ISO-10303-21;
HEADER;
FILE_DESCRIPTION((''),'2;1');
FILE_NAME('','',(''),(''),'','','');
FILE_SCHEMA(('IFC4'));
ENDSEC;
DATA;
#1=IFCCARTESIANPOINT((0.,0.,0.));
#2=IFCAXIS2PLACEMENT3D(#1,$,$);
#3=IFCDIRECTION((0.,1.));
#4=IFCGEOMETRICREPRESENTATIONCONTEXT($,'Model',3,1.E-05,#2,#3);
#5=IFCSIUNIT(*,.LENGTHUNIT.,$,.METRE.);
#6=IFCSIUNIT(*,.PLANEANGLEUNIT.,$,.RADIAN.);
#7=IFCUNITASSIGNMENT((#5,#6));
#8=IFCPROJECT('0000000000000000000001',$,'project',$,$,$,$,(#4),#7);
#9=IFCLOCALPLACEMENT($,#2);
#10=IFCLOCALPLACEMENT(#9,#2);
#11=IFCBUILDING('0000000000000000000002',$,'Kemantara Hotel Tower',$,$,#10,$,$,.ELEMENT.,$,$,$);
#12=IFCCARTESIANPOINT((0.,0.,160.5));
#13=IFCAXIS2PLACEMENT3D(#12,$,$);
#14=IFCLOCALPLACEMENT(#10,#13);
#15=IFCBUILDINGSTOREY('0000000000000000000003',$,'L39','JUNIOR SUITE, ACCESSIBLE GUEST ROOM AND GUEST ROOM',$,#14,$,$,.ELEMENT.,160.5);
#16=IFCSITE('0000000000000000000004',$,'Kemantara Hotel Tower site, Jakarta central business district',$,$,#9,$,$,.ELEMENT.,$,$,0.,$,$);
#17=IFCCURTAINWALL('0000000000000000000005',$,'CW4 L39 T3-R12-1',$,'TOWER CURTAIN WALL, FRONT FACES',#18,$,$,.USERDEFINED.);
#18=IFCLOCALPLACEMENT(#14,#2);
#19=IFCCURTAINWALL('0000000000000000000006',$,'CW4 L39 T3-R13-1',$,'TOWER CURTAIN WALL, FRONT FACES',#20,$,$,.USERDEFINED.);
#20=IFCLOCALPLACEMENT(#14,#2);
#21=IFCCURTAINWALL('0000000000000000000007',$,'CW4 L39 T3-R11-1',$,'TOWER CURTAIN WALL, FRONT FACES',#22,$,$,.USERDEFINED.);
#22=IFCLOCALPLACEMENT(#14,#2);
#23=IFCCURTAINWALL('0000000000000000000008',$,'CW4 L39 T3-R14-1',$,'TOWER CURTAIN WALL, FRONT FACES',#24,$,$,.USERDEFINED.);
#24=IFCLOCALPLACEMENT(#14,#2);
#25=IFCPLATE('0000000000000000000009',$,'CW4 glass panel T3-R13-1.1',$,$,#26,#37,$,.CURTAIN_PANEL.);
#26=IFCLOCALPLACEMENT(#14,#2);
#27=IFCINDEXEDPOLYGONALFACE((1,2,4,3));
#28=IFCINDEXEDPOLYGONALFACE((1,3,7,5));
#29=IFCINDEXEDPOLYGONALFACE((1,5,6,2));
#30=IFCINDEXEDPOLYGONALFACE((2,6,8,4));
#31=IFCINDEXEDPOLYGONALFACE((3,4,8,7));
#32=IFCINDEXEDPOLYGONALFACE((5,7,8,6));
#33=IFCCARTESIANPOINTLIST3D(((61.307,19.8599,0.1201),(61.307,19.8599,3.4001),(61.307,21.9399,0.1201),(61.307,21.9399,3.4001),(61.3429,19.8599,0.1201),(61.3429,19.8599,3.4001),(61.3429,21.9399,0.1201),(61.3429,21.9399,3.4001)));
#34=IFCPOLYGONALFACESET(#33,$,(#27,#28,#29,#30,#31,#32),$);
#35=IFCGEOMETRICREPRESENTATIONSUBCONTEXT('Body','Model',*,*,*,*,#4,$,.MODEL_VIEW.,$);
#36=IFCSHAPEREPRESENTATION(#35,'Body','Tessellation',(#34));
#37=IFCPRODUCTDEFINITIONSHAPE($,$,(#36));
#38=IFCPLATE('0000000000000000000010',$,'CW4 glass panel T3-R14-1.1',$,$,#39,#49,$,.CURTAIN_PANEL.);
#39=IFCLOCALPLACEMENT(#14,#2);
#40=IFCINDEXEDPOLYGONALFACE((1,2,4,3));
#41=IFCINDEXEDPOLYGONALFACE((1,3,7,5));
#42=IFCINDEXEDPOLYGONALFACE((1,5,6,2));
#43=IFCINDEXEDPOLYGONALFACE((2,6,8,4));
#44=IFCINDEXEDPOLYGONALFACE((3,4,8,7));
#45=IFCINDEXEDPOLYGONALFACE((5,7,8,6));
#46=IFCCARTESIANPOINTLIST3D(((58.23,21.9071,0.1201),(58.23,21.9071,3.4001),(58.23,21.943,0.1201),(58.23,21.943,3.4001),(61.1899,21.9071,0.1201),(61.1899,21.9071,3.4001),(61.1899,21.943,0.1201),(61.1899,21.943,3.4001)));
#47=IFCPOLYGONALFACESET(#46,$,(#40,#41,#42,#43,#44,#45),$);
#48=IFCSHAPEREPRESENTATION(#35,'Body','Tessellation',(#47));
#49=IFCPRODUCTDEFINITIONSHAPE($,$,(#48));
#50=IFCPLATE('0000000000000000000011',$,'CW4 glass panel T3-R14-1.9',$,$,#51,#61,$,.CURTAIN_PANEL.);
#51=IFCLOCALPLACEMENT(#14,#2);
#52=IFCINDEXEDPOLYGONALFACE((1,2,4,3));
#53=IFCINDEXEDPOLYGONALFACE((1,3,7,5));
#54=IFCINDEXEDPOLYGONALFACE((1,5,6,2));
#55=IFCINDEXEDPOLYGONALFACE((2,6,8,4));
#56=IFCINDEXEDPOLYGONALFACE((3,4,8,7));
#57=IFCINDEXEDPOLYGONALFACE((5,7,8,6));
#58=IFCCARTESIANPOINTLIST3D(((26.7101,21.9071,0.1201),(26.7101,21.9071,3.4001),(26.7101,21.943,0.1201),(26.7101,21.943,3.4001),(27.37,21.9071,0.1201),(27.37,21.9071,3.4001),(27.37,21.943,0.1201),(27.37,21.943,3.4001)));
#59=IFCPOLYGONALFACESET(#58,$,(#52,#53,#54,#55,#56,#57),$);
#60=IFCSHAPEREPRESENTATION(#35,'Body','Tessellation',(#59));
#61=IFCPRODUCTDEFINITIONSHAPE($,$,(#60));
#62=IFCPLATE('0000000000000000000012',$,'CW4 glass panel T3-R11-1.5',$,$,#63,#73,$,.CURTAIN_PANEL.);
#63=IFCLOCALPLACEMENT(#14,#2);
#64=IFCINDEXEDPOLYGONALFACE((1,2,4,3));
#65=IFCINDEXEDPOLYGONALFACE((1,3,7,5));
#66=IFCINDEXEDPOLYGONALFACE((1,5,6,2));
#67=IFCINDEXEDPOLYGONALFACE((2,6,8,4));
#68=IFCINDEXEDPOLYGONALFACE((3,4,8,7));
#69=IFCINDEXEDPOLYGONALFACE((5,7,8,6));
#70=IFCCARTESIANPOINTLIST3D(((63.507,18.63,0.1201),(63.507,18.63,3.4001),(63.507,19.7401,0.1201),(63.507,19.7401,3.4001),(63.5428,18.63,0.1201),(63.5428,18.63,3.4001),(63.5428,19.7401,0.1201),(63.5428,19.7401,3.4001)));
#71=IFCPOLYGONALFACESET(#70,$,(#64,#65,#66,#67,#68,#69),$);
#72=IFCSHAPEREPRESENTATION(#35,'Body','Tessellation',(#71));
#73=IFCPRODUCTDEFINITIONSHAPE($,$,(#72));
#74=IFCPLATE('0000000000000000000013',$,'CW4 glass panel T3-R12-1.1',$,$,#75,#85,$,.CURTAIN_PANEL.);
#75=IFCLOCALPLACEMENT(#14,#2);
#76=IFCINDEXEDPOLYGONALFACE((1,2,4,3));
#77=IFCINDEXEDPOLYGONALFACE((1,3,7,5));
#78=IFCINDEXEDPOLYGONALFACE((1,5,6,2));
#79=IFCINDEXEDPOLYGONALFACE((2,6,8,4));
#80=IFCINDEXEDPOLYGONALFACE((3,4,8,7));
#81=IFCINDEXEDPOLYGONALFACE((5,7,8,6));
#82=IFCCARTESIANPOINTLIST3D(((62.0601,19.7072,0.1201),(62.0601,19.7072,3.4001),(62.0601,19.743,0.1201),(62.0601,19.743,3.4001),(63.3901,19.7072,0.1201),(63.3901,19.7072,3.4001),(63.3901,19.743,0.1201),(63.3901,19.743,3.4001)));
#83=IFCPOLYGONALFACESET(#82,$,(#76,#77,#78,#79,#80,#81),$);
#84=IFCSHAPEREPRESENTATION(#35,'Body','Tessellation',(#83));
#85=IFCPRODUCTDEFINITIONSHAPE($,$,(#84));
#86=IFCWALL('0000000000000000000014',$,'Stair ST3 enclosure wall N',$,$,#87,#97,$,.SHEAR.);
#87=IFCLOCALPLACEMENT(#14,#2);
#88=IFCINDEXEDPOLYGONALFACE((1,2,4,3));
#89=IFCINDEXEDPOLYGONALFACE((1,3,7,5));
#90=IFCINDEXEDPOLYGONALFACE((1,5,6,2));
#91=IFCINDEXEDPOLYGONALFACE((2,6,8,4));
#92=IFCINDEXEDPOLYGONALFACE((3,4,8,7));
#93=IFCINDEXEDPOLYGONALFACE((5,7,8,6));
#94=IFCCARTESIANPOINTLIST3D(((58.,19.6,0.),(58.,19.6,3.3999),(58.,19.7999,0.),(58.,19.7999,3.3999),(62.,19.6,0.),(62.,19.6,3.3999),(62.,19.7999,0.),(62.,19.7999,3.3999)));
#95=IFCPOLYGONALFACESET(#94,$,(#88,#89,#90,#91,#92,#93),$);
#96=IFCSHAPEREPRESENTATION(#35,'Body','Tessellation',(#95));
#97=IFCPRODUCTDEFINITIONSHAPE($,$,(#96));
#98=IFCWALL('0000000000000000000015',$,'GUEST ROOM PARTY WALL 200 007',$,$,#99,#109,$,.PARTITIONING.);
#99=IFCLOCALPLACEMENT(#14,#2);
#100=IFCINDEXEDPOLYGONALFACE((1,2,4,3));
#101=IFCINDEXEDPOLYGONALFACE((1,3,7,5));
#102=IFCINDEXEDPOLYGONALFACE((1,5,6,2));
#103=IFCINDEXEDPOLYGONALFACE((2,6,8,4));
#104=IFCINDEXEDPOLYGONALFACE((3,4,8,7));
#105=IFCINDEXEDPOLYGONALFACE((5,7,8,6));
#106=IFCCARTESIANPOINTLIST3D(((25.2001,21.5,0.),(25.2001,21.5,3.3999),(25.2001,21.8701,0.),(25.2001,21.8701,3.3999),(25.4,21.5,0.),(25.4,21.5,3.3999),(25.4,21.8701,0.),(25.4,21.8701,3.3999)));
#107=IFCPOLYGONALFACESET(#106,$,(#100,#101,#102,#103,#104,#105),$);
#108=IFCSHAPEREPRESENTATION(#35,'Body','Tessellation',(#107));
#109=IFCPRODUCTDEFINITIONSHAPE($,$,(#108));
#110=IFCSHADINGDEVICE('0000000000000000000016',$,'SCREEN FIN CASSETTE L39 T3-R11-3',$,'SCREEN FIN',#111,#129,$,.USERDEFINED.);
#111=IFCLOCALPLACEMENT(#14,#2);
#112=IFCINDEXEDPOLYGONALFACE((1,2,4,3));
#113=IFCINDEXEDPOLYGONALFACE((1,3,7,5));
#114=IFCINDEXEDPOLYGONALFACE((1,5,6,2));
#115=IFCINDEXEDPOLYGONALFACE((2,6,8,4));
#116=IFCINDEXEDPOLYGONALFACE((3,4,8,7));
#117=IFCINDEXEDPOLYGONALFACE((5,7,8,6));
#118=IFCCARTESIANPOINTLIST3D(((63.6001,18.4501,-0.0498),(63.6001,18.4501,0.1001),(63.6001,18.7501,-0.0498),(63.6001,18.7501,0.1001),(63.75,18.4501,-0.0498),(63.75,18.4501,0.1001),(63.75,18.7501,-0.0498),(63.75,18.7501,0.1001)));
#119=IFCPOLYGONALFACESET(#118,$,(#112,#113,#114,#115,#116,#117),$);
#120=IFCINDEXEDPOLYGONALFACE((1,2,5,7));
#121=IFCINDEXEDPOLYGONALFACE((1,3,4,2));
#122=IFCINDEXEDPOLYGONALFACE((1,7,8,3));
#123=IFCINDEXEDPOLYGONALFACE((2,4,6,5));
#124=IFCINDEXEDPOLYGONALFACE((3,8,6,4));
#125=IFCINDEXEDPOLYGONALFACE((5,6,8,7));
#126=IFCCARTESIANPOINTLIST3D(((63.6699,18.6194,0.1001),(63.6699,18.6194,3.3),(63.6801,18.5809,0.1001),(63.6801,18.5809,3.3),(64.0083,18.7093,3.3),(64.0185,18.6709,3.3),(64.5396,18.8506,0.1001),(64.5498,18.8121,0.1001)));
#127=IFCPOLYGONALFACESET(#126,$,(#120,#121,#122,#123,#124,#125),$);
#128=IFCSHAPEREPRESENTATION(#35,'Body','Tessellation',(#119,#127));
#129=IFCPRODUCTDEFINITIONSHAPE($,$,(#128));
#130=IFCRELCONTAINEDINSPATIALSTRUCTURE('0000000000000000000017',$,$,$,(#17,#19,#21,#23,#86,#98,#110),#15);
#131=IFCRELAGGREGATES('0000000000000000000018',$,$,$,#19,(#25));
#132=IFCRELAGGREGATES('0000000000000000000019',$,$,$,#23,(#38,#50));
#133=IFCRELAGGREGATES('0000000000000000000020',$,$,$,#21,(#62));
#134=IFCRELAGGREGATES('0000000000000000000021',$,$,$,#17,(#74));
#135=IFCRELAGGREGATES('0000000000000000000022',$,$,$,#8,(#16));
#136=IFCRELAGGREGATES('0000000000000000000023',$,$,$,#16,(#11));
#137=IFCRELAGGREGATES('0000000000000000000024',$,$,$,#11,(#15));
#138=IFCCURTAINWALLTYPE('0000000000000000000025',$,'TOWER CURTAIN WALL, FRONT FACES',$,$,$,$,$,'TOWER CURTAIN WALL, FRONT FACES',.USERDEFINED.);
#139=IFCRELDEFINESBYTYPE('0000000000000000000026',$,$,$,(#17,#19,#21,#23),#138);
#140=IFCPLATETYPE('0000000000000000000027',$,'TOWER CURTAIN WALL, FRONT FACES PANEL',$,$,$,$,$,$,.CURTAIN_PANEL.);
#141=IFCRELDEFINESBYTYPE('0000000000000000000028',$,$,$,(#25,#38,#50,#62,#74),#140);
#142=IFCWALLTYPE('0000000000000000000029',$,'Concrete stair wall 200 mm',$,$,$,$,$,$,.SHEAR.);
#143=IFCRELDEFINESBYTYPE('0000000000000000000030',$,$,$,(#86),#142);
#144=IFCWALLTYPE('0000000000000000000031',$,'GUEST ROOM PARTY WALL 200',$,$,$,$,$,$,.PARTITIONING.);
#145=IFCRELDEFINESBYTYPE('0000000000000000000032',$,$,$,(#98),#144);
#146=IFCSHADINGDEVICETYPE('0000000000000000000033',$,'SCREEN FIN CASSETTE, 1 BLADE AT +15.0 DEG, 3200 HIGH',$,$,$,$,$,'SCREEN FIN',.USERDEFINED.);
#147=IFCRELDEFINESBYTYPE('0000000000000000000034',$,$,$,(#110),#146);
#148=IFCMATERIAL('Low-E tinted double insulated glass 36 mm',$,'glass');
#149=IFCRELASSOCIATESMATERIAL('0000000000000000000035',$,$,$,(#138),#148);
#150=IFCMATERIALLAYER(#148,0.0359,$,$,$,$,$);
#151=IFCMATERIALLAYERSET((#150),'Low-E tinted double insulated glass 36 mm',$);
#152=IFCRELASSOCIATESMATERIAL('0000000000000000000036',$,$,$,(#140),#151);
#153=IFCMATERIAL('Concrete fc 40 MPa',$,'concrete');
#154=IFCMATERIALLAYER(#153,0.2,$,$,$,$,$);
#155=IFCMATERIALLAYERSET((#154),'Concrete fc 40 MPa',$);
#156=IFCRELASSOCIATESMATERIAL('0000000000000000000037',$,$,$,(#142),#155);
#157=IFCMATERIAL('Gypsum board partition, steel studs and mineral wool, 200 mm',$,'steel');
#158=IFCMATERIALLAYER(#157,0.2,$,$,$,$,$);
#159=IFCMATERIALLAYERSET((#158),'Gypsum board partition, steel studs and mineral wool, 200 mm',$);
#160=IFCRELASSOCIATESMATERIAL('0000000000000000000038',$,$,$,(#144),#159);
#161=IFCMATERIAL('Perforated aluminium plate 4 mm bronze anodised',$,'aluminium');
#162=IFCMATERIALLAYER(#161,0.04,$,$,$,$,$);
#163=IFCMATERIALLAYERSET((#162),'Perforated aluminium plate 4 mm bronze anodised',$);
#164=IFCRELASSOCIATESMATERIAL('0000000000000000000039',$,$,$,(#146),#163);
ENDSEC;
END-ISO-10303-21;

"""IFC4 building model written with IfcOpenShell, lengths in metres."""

from ifc_helpers import new_model, si_unit, direction, frame, frame_2d, origin, origin_2d, place, context, subcontext, project, spatial, polyline, rectangle, outline, extrude, source, transform, mapped, material, layer, layer_set, type_object, element, aggregate, save


model = new_model("IFC4")

# Units and contexts
model_context = context("Model", 3, precision=1e-05, world=origin(), true_north=direction((0.0, 1.0)))
body_context = subcontext(model_context, "Body", "Model", "MODEL_VIEW")
ifc_project = project(units=[si_unit("LENGTHUNIT", "METRE"), si_unit("PLANEANGLEUNIT", "RADIAN")], contexts=[model_context])

# Site, building, storey
site_placement = place(None, origin())
site = spatial("IfcSite", under=ifc_project, at=site_placement, Name="Kemantara Hotel Tower site, Jakarta central business district", CompositionType="ELEMENT", RefElevation=0.0)
building_placement = place(site_placement, origin())
building = spatial("IfcBuilding", under=site, at=building_placement, Name="Kemantara Hotel Tower", CompositionType="ELEMENT")
storey_placement = place(building_placement, frame((0.0, 0.0, 160.5)))
storey = spatial("IfcBuildingStorey", under=building, at=storey_placement, Name="L39", Description="JUNIOR SUITE, ACCESSIBLE GUEST ROOM AND GUEST ROOM", CompositionType="ELEMENT", Elevation=160.5)

# Curtain walls
ifc_material_1 = material(Name="Low-E tinted double insulated glass 36 mm", Category="glass")
curtain_wall_type = type_object("IfcCurtainWallType", Name="TOWER CURTAIN WALL, FRONT FACES", ElementType="TOWER CURTAIN WALL, FRONT FACES", PredefinedType="USERDEFINED", material=ifc_material_1)
curtain_wall_1_placement = place(storey_placement, origin())
curtain_wall_1 = element("IfcCurtainWall", 1, at=curtain_wall_1_placement, inside=storey, type_object=curtain_wall_type, Name="CW4 L39 T3-R12-1", ObjectType="TOWER CURTAIN WALL, FRONT FACES", PredefinedType="USERDEFINED")
curtain_wall_2_placement = place(storey_placement, origin())
curtain_wall_2 = element("IfcCurtainWall", 2, at=curtain_wall_2_placement, inside=storey, type_object=curtain_wall_type, Name="CW4 L39 T3-R13-1", ObjectType="TOWER CURTAIN WALL, FRONT FACES", PredefinedType="USERDEFINED")

# Curtain walls
curtain_wall_3_placement = place(storey_placement, origin())
curtain_wall_3 = element("IfcCurtainWall", 3, at=curtain_wall_3_placement, inside=storey, type_object=curtain_wall_type, Name="CW4 L39 T3-R11-1", ObjectType="TOWER CURTAIN WALL, FRONT FACES", PredefinedType="USERDEFINED")
curtain_wall_4_placement = place(storey_placement, origin())
curtain_wall_4 = element("IfcCurtainWall", 4, at=curtain_wall_4_placement, inside=storey, type_object=curtain_wall_type, Name="CW4 L39 T3-R14-1", ObjectType="TOWER CURTAIN WALL, FRONT FACES", PredefinedType="USERDEFINED")

# Plates
ifc_layer_1 = layer(ifc_material_1, 0.0359)
ifc_layer_set_1 = layer_set([ifc_layer_1], Name="Low-E tinted double insulated glass 36 mm")
plate_type = type_object("IfcPlateType", Name="TOWER CURTAIN WALL, FRONT FACES PANEL", PredefinedType="CURTAIN_PANEL", material=ifc_layer_set_1)
shared_shape_1 = source(origin(), body_context, "Body", "SweptSolid", [
    extrude(rectangle(XDim=2.0801, YDim=0.0359, at=origin_2d()), origin(), (0.0, 0.0, 1.0), 3.28),
])
plate_1_placement = place(storey_placement, frame((61.325, 20.8999, 0.1201), z_axis=(0.0, 0.0, 1.0), x_axis=(0.0, 1.0, 0.0)))
plate_1 = element("IfcPlate", 5, at=plate_1_placement, type_object=plate_type, Name="CW4 glass panel T3-R13-1.1", PredefinedType="CURTAIN_PANEL", context=body_context, shape_type="MappedRepresentation", body=[
    mapped(shared_shape_1, transform((0.0, 0.0, 0.0))),
])
aggregate(curtain_wall_2, [plate_1])
shared_shape_2 = source(origin(), body_context, "Body", "SweptSolid", [
    extrude(rectangle(XDim=2.96, YDim=0.0359, at=origin_2d()), origin(), (0.0, 0.0, 1.0), 3.28),
])
plate_2_placement = place(storey_placement, frame((59.71, 21.925, 0.1201), z_axis=(0.0, 0.0, 1.0), x_axis=(-1.0, 0.0, 0.0)))
plate_2 = element("IfcPlate", 6, at=plate_2_placement, type_object=plate_type, Name="CW4 glass panel T3-R14-1.1", PredefinedType="CURTAIN_PANEL", context=body_context, shape_type="MappedRepresentation", body=[
    mapped(shared_shape_2, transform((0.0, 0.0, 0.0))),
])
shared_shape_3 = source(origin(), body_context, "Body", "SweptSolid", [
    extrude(rectangle(XDim=0.6599, YDim=0.0359, at=origin_2d()), origin(), (0.0, 0.0, 1.0), 3.28),
])
plate_3_placement = place(storey_placement, frame((27.04, 21.925, 0.1201), z_axis=(0.0, 0.0, 1.0), x_axis=(-1.0, 0.0, 0.0)))
plate_3 = element("IfcPlate", 7, at=plate_3_placement, type_object=plate_type, Name="CW4 glass panel T3-R14-1.9", PredefinedType="CURTAIN_PANEL", context=body_context, shape_type="MappedRepresentation", body=[
    mapped(shared_shape_3, transform((0.0, 0.0, 0.0))),
])
aggregate(curtain_wall_4, [plate_2, plate_3])
shared_shape_4 = source(origin(), body_context, "Body", "SweptSolid", [
    extrude(rectangle(XDim=1.1101, YDim=0.0359, at=origin_2d()), origin(), (0.0, 0.0, 1.0), 3.28),
])
plate_4_placement = place(storey_placement, frame((63.5249, 19.1851, 0.1201), z_axis=(0.0, 0.0, 1.0), x_axis=(0.0, 1.0, 0.0)))
plate_4 = element("IfcPlate", 8, at=plate_4_placement, type_object=plate_type, Name="CW4 glass panel T3-R11-1.5", PredefinedType="CURTAIN_PANEL", context=body_context, shape_type="MappedRepresentation", body=[
    mapped(shared_shape_4, transform((0.0, 0.0, 0.0))),
])
aggregate(curtain_wall_3, [plate_4])
shared_shape_5 = source(origin(), body_context, "Body", "SweptSolid", [
    extrude(rectangle(XDim=1.3301, YDim=0.0359, at=origin_2d()), origin(), (0.0, 0.0, 1.0), 3.28),
])
plate_5_placement = place(storey_placement, frame((62.7251, 19.7251, 0.1201), z_axis=(0.0, 0.0, 1.0), x_axis=(-1.0, 0.0, 0.0)))
plate_5 = element("IfcPlate", 9, at=plate_5_placement, type_object=plate_type, Name="CW4 glass panel T3-R12-1.1", PredefinedType="CURTAIN_PANEL", context=body_context, shape_type="MappedRepresentation", body=[
    mapped(shared_shape_5, transform((0.0, 0.0, 0.0))),
])
aggregate(curtain_wall_1, [plate_5])

# Walls
ifc_material_2 = material(Name="Concrete fc 40 MPa", Category="concrete")
ifc_layer_2 = layer(ifc_material_2, 0.2)
ifc_layer_set_2 = layer_set([ifc_layer_2], Name="Concrete fc 40 MPa")
wall_type_1 = type_object("IfcWallType", Name="Concrete stair wall 200 mm", PredefinedType="SHEAR", material=ifc_layer_set_2)
wall_1_placement = place(storey_placement, frame((58.0, 19.7, 0.0), z_axis=(0.0, 0.0, 1.0), x_axis=(1.0, 0.0, 0.0)))
element("IfcWall", 10, at=wall_1_placement, inside=storey, type_object=wall_type_1, Name="Stair ST3 enclosure wall N", PredefinedType="SHEAR", context=body_context, shape_type="SweptSolid", body=[
    extrude(rectangle(XDim=4.0, YDim=0.2, at=frame_2d((2.0, 0.0))), origin(), (0.0, 0.0, 1.0), 3.3999),
])
ifc_material_3 = material(Name="Gypsum board partition, steel studs and mineral wool, 200 mm", Category="steel")
ifc_layer_3 = layer(ifc_material_3, 0.2)
ifc_layer_set_3 = layer_set([ifc_layer_3], Name="Gypsum board partition, steel studs and mineral wool, 200 mm")
wall_type_2 = type_object("IfcWallType", Name="GUEST ROOM PARTY WALL 200", PredefinedType="PARTITIONING", material=ifc_layer_set_3)
wall_2_placement = place(storey_placement, frame((25.3, 21.5, 0.0), z_axis=(0.0, 0.0, 1.0), x_axis=(0.0, 1.0, 0.0)))
element("IfcWall", 11, at=wall_2_placement, inside=storey, type_object=wall_type_2, Name="GUEST ROOM PARTY WALL 200 007", PredefinedType="PARTITIONING", context=body_context, shape_type="SweptSolid", body=[
    extrude(rectangle(XDim=0.3701, YDim=0.2, at=frame_2d((0.1851, 0.0))), origin(), (0.0, 0.0, 1.0), 3.3999),
])

# Shading device
ifc_material_4 = material(Name="Perforated aluminium plate 4 mm bronze anodised", Category="aluminium")
ifc_layer_4 = layer(ifc_material_4, 0.04)
ifc_layer_set_4 = layer_set([ifc_layer_4], Name="Perforated aluminium plate 4 mm bronze anodised")
shading_device_type = type_object("IfcShadingDeviceType", Name="SCREEN FIN CASSETTE, 1 BLADE AT +15.0 DEG, 3200 HIGH", ElementType="SCREEN FIN", PredefinedType="USERDEFINED", material=ifc_layer_set_4)
shared_shape_6 = source(origin(), body_context, "Body", "SweptSolid", [
    extrude(rectangle(XDim=0.3, YDim=0.1499, at=origin_2d()), frame((0.0, -0.075, -0.1499), z_axis=(0.0, 0.0, 1.0), x_axis=(1.0, 0.0, 0.0)), (0.0, 0.0, 1.0), 0.1499),
    extrude(outline(polyline([(0.0, 0.0), (0.8999, 0.0), (0.3501, 3.2), (0.0, 3.2), (0.0, 0.0)])), frame((0.0193, -0.0698, 0.0), z_axis=(-0.966438, -0.256901, 0.0), x_axis=(0.256901, -0.966438, 0.0)), (0.0, 0.0, 1.0), 0.0398),
])
shading_device_placement = place(storey_placement, frame((63.6001, 18.6001, 0.1001), z_axis=(0.0, 0.0, 1.0), x_axis=(0.0, 1.0, 0.0)))
element("IfcShadingDevice", 12, at=shading_device_placement, inside=storey, type_object=shading_device_type, Name="SCREEN FIN CASSETTE L39 T3-R11-3", ObjectType="SCREEN FIN", PredefinedType="USERDEFINED", context=body_context, shape_type="MappedRepresentation", body=[
    mapped(shared_shape_6, transform((0.0, 0.0, 0.0))),
])

save(model, "model.ifc")
